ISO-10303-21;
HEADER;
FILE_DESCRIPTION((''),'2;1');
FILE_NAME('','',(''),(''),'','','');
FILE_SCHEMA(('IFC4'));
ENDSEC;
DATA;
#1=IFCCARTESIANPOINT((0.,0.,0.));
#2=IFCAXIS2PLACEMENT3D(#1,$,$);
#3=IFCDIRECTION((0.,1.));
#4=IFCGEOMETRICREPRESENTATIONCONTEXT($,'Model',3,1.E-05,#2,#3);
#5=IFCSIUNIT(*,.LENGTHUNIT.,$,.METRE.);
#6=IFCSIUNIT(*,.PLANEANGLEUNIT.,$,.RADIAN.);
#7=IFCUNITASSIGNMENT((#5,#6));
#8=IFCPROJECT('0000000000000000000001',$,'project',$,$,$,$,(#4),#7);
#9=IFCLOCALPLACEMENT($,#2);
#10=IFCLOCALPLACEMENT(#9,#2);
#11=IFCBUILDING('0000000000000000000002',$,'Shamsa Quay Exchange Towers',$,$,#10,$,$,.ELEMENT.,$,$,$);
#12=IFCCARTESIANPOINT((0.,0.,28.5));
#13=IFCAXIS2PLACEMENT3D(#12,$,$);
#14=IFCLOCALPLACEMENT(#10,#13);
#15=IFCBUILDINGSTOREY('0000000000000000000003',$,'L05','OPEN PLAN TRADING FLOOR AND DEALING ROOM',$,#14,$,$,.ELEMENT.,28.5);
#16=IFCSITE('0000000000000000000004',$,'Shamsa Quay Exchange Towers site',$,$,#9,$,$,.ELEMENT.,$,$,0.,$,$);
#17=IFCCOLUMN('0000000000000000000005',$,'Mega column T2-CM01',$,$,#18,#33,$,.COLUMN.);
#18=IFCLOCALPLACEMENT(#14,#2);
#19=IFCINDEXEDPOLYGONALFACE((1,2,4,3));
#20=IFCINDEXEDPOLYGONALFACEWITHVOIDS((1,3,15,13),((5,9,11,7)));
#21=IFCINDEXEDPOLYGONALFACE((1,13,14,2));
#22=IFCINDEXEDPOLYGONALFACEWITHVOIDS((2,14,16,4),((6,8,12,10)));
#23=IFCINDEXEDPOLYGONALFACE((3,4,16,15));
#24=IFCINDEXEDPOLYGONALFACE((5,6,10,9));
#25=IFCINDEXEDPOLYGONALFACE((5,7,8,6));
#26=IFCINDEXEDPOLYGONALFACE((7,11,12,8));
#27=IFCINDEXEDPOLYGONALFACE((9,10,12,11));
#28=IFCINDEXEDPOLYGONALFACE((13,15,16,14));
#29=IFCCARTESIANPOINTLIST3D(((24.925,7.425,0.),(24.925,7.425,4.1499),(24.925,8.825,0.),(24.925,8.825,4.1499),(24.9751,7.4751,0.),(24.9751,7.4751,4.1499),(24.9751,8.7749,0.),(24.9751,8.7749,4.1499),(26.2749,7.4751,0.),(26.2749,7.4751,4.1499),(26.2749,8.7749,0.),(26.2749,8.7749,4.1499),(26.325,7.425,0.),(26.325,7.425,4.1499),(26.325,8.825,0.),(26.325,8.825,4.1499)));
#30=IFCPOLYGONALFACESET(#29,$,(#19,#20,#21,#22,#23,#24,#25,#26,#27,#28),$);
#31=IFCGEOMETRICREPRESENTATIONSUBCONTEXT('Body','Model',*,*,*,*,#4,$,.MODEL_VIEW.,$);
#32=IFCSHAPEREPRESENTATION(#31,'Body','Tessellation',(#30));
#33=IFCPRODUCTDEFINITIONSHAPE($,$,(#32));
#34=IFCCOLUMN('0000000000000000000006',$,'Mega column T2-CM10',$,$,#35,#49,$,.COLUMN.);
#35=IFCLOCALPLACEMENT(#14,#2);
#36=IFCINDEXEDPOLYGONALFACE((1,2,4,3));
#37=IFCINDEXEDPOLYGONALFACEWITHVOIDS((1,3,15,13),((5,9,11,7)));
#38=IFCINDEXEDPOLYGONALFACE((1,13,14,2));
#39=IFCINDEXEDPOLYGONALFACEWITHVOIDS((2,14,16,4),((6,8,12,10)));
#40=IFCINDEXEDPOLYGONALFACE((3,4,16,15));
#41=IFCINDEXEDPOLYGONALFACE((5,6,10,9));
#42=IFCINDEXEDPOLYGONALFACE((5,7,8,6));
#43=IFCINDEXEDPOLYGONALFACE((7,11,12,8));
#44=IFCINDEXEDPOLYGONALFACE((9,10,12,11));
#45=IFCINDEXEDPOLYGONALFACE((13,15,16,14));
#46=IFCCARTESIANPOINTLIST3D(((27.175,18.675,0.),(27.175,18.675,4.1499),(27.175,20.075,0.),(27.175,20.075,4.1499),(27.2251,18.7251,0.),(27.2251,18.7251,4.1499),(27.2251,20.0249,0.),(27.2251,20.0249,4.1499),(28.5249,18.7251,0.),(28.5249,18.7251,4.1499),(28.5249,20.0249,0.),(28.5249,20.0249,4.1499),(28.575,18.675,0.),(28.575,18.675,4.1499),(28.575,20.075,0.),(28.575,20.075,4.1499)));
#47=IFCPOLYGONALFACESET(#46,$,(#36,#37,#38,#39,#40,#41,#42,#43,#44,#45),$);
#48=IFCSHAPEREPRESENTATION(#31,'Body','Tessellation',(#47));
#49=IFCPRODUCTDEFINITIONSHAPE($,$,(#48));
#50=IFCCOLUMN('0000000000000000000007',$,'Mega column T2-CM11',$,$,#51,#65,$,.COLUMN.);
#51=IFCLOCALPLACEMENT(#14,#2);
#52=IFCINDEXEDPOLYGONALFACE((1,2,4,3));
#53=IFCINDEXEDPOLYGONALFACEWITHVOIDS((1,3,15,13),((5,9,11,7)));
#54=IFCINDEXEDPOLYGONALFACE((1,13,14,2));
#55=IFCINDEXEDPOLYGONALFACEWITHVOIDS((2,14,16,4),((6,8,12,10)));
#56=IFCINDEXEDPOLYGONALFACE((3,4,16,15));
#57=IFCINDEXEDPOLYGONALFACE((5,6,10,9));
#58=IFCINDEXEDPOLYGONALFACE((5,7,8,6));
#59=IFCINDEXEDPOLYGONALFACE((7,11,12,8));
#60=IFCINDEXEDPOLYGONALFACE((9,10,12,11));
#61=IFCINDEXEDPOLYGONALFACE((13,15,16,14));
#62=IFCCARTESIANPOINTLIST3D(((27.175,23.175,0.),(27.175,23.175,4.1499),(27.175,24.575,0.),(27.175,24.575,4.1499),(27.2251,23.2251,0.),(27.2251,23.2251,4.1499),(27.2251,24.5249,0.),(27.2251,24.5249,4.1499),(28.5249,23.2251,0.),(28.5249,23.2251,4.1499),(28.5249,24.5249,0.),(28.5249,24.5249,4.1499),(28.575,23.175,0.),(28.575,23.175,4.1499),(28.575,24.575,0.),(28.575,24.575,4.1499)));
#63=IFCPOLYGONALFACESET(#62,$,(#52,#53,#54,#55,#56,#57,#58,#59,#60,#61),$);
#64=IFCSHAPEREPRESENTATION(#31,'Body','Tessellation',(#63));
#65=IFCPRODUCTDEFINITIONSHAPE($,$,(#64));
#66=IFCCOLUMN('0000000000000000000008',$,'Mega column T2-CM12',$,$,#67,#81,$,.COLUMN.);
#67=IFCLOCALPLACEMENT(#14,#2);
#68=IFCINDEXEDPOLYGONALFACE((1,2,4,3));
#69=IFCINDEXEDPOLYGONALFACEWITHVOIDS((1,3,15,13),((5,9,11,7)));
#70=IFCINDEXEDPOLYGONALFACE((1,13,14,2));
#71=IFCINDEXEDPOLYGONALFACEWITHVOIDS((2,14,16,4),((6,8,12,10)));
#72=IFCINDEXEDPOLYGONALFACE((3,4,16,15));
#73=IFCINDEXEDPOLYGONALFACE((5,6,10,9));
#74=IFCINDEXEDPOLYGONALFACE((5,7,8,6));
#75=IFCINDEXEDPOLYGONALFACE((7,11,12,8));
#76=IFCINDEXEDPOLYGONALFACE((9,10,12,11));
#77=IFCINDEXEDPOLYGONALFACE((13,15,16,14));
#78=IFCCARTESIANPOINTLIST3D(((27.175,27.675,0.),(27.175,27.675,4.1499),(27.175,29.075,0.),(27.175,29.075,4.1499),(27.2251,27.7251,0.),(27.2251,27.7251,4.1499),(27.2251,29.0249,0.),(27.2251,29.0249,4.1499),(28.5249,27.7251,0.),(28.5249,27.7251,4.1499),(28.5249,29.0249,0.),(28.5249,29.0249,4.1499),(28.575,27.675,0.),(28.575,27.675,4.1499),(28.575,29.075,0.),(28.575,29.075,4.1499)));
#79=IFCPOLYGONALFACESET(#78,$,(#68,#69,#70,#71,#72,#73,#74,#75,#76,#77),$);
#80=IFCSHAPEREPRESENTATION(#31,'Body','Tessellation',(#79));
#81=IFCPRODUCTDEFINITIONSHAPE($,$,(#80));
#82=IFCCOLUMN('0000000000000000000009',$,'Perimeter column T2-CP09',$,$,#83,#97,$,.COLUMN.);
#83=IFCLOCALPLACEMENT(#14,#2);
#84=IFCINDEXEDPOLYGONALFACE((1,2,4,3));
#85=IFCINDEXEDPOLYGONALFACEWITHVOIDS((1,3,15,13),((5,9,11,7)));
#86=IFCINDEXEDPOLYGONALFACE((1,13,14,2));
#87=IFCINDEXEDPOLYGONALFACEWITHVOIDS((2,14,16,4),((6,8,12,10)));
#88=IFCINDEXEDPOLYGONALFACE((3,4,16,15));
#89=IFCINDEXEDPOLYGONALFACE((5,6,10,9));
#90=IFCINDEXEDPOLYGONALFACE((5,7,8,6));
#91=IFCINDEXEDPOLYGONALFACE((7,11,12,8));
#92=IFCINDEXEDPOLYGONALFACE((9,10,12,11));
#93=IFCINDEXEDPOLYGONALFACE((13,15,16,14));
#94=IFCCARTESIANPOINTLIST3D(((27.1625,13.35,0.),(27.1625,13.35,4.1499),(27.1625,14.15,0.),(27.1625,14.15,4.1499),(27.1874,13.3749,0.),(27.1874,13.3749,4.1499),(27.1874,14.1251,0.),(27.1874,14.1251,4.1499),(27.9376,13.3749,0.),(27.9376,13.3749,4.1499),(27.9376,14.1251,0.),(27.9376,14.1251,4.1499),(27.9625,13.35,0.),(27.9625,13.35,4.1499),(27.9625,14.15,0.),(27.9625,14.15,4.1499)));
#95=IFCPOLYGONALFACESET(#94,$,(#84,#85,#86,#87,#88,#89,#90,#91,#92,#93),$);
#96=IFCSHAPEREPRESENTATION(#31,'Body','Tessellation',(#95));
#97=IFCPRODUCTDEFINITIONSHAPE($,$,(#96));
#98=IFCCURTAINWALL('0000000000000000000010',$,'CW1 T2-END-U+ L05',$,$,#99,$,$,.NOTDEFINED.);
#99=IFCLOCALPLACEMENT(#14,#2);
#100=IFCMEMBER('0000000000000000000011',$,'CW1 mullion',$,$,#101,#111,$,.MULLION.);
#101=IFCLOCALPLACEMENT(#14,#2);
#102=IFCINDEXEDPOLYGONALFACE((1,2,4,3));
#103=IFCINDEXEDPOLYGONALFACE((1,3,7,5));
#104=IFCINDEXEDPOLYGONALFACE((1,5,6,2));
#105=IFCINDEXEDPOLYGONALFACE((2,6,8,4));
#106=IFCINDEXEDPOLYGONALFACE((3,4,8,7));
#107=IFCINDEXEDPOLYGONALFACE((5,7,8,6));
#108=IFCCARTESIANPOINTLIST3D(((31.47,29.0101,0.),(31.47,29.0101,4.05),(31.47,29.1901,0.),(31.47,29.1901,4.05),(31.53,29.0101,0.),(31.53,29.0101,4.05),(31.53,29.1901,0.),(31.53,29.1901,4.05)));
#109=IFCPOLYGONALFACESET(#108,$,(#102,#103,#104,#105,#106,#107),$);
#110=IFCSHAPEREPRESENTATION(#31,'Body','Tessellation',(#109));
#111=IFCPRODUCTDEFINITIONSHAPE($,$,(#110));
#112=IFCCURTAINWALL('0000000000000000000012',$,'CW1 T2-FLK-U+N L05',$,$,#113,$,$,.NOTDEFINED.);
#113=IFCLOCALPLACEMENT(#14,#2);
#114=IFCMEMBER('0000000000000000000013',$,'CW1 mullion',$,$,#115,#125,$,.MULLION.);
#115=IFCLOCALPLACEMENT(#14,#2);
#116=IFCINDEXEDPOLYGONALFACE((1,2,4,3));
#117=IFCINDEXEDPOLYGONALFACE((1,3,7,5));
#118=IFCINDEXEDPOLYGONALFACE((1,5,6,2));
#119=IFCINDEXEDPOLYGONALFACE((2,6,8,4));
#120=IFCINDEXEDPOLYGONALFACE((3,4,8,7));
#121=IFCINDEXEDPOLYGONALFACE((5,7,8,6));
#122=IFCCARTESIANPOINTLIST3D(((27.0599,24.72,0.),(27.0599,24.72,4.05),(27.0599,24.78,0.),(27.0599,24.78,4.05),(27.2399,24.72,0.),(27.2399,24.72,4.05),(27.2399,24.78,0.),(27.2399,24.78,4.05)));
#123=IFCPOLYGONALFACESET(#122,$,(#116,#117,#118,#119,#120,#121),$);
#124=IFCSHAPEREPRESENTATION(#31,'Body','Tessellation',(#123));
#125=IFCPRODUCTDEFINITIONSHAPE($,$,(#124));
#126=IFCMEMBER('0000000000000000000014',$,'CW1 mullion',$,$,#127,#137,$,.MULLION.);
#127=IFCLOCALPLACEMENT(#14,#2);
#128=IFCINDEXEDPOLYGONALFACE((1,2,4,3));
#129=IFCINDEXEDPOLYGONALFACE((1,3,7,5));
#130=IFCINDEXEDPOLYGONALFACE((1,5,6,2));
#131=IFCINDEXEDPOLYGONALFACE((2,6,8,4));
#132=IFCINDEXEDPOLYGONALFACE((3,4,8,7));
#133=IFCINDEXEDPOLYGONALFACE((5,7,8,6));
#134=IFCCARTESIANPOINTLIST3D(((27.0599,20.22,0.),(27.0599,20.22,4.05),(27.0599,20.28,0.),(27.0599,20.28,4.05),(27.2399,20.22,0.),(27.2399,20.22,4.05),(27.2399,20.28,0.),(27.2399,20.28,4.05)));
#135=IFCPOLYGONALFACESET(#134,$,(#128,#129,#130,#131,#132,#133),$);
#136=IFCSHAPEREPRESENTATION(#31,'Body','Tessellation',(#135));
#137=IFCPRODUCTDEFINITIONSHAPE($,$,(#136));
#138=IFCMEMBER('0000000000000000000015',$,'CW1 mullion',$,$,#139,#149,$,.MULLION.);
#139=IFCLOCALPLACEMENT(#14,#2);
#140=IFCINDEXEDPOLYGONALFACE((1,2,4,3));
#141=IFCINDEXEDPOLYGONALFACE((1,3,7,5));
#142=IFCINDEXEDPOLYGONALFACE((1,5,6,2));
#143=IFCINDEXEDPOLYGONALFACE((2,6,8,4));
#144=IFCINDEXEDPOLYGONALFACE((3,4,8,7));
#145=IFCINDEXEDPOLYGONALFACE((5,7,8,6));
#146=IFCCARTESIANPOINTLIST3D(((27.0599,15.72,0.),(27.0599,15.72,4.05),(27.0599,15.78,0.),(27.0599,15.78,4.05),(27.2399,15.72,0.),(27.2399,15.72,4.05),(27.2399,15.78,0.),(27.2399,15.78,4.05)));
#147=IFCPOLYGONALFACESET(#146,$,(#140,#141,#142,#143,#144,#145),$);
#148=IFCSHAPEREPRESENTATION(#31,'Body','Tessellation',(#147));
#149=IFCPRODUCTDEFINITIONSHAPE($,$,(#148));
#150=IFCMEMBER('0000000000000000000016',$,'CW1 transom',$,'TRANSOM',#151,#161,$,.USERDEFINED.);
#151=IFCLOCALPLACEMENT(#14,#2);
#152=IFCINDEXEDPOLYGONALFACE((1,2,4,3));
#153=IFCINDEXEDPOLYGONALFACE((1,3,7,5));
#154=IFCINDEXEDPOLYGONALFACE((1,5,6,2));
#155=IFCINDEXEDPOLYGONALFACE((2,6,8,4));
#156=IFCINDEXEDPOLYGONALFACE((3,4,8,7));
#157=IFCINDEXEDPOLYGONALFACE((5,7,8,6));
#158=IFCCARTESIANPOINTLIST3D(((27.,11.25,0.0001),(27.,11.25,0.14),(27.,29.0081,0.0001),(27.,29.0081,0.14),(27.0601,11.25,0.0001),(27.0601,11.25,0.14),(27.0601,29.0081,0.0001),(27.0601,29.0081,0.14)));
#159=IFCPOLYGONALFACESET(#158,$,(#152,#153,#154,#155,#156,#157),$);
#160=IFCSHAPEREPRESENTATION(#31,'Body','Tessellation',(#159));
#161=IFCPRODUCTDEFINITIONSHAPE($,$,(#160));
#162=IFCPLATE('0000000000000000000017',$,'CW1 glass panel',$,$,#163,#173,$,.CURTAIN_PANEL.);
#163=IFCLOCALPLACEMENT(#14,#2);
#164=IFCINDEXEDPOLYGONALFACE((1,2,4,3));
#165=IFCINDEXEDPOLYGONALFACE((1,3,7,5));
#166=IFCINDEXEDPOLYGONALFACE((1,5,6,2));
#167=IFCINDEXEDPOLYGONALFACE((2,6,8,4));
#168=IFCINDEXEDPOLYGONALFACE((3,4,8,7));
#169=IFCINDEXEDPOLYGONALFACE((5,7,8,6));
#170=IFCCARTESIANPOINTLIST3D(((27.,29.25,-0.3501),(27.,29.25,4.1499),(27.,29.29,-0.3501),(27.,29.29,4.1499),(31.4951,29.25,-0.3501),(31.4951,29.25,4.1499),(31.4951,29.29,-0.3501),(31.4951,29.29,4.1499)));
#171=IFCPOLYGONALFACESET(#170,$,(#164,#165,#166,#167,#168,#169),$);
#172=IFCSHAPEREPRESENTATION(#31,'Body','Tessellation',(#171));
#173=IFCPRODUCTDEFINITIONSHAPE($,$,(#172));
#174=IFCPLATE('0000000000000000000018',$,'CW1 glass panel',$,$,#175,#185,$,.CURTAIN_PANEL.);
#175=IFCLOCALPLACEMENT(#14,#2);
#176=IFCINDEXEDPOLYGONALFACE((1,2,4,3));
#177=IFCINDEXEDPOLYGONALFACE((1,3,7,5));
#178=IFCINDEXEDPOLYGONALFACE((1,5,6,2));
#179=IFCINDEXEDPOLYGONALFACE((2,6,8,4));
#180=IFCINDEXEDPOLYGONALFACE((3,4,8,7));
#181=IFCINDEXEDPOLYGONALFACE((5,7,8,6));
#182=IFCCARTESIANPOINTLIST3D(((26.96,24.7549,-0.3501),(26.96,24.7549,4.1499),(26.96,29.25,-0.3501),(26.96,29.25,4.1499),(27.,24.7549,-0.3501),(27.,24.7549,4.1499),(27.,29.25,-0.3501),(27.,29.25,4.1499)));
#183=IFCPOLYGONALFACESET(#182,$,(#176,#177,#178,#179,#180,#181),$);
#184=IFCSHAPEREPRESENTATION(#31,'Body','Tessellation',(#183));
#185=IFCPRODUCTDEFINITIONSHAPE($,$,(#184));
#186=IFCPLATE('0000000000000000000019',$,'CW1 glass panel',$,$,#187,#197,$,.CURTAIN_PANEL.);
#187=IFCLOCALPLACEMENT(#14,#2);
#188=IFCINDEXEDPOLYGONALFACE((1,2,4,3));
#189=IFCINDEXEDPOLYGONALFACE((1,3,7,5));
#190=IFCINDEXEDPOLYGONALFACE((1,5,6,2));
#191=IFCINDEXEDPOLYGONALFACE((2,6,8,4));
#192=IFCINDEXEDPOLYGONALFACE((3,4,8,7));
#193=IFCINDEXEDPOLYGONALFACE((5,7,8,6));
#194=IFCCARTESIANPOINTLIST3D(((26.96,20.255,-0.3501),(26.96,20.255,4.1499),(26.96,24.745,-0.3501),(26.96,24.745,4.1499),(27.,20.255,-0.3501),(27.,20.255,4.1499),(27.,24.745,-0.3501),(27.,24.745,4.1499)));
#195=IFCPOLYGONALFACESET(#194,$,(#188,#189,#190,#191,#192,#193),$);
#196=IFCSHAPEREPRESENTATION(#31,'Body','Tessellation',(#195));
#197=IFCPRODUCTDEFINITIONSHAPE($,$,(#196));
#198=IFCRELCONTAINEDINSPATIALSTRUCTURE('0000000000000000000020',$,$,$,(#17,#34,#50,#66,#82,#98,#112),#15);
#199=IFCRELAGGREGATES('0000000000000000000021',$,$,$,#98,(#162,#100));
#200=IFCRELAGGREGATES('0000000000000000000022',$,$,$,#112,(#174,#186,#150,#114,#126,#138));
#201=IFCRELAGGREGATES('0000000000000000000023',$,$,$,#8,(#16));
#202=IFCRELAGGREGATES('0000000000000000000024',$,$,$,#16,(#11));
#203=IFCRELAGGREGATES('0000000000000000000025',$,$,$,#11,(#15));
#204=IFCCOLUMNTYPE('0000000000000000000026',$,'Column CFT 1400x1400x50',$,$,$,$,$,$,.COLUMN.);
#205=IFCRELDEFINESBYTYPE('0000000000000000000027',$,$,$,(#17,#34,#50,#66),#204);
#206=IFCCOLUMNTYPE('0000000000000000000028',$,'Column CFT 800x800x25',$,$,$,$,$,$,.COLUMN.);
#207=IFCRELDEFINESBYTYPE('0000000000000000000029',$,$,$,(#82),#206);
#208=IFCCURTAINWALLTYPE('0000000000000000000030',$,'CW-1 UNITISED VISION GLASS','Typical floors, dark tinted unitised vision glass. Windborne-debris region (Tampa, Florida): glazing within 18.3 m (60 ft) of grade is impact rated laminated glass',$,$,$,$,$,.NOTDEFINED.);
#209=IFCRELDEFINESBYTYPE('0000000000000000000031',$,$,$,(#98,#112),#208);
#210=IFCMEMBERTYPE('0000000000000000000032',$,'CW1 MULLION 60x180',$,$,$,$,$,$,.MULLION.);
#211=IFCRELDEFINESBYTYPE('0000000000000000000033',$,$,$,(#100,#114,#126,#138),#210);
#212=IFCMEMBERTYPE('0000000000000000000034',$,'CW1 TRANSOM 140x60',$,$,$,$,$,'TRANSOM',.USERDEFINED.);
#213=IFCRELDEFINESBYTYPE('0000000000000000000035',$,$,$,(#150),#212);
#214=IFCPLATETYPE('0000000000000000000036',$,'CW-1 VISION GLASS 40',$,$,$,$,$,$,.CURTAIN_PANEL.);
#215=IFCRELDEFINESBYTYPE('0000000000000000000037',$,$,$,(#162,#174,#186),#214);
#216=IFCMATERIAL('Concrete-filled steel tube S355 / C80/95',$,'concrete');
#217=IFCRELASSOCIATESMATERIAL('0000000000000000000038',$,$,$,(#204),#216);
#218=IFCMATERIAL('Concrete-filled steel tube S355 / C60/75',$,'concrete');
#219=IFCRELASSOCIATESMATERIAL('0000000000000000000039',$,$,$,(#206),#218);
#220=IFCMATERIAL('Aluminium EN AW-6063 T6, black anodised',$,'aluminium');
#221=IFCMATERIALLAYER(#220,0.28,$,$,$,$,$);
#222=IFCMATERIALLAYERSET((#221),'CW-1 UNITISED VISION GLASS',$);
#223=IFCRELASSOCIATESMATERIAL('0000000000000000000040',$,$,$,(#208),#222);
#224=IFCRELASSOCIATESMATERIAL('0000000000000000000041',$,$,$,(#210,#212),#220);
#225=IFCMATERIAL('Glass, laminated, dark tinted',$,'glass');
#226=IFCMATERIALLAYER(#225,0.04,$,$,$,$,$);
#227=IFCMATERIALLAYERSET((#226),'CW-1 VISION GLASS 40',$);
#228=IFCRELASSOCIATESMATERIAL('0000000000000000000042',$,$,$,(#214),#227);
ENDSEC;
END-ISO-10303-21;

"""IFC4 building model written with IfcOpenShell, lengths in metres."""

from ifc_helpers import new_model, si_unit, direction, frame, origin, origin_2d, place, context, subcontext, project, spatial, rectangle, hollow_rectangle, extrude, material, layer, layer_set, material_profile, profile_set, type_object, element, aggregate, save


model = new_model("IFC4")

# Units and contexts
model_context = context("Model", 3, precision=1e-05, world=origin(), true_north=direction((0.0, 1.0)))
body_context = subcontext(model_context, "Body", "Model", "MODEL_VIEW")
ifc_project = project(units=[si_unit("LENGTHUNIT", "METRE"), si_unit("PLANEANGLEUNIT", "RADIAN")], contexts=[model_context])

# Site, building, storey
site_placement = place(None, origin())
site = spatial("IfcSite", under=ifc_project, at=site_placement, Name="Shamsa Quay Exchange Towers site", CompositionType="ELEMENT", RefElevation=0.0)
building_placement = place(site_placement, origin())
building = spatial("IfcBuilding", under=site, at=building_placement, Name="Shamsa Quay Exchange Towers", CompositionType="ELEMENT")
storey_placement = place(building_placement, frame((0.0, 0.0, 28.5)))
storey = spatial("IfcBuildingStorey", under=building, at=storey_placement, Name="L05", Description="OPEN PLAN TRADING FLOOR AND DEALING ROOM", CompositionType="ELEMENT", Elevation=28.5)

# Columns
ifc_material_1 = material(Name="Concrete-filled steel tube S355 / C80/95", Category="concrete")
ifc_material_profile_1 = material_profile(ifc_material_1, hollow_rectangle(XDim=1.3999, YDim=1.3999, WallThickness=0.05, at=origin_2d()), Name="CFT 1400x1400x50")
ifc_profile_set_1 = profile_set([ifc_material_profile_1], Name="Concrete-filled steel tube S355 / C80/95")
column_type_1 = type_object("IfcColumnType", Name="Column CFT 1400x1400x50", PredefinedType="COLUMN", material=ifc_profile_set_1)
for number, where, name in (
    (1, (25.625, 8.125, 0.0), "Mega column T2-CM01"),
    (2, (27.875, 19.375, 0.0), "Mega column T2-CM10"),
    (3, (27.875, 23.875, 0.0), "Mega column T2-CM11"),
    (4, (27.875, 28.375, 0.0), "Mega column T2-CM12"),
):
    element("IfcColumn", number, at=place(storey_placement, frame(where)), inside=storey, type_object=column_type_1, Name=name, PredefinedType="COLUMN", context=body_context, shape_type="SweptSolid", body=[
        extrude(hollow_rectangle(XDim=1.3999, YDim=1.3999, WallThickness=0.05, at=origin_2d()), origin(), (0.0, 0.0, 1.0), 4.1499),
    ])
ifc_material_2 = material(Name="Concrete-filled steel tube S355 / C60/75", Category="concrete")
ifc_material_profile_2 = material_profile(ifc_material_2, hollow_rectangle(XDim=0.8, YDim=0.8, WallThickness=0.0249, at=origin_2d()), Name="CFT 800x800x25")
ifc_profile_set_2 = profile_set([ifc_material_profile_2], Name="Concrete-filled steel tube S355 / C60/75")
column_type_2 = type_object("IfcColumnType", Name="Column CFT 800x800x25", PredefinedType="COLUMN", material=ifc_profile_set_2)
column_placement = place(storey_placement, frame((27.5625, 13.75, 0.0)))
element("IfcColumn", 5, at=column_placement, inside=storey, type_object=column_type_2, Name="Perimeter column T2-CP09", PredefinedType="COLUMN", context=body_context, shape_type="SweptSolid", body=[
    extrude(hollow_rectangle(XDim=0.8, YDim=0.8, WallThickness=0.0249, at=origin_2d()), origin(), (0.0, 0.0, 1.0), 4.1499),
])

# Curtain wall, member
ifc_material_3 = material(Name="Aluminium EN AW-6063 T6, black anodised", Category="aluminium")
ifc_layer_1 = layer(ifc_material_3, 0.28)
ifc_layer_set_1 = layer_set([ifc_layer_1], Name="CW-1 UNITISED VISION GLASS")
curtain_wall_type_1 = type_object("IfcCurtainWallType", Name="CW-1 UNITISED VISION GLASS", Description="Typical floors, dark tinted unitised vision glass. Windborne-debris region (Tampa, Florida): glazing within 18.3 m (60 ft) of grade is impact rated laminated glass", PredefinedType="NOTDEFINED", material=ifc_layer_set_1)
curtain_wall_1_placement = place(storey_placement, origin())
curtain_wall_1 = element("IfcCurtainWall", 6, at=curtain_wall_1_placement, inside=storey, type_object=curtain_wall_type_1, Name="CW1 T2-END-U+ L05", PredefinedType="NOTDEFINED")
ifc_material_profile_3 = material_profile(ifc_material_3, rectangle(XDim=0.1799, YDim=0.0601, at=origin_2d()), Name="MU60x180")
ifc_profile_set_3 = profile_set([ifc_material_profile_3], Name="Aluminium EN AW-6063 T6, black anodised")
member_type_1 = type_object("IfcMemberType", Name="CW1 MULLION 60x180", PredefinedType="MULLION", material=ifc_profile_set_3)
member_1_placement = place(storey_placement, frame((31.5, 29.1001, 0.0), z_axis=(0.0, 0.0, 1.0), x_axis=(0.0, -1.0, 0.0)))
member_1 = element("IfcMember", 7, at=member_1_placement, type_object=member_type_1, Name="CW1 mullion", PredefinedType="MULLION", context=body_context, shape_type="SweptSolid", body=[
    extrude(rectangle(XDim=0.1799, YDim=0.0601, at=origin_2d()), origin(), (0.0, 0.0, 1.0), 4.05),
])

# Curtain wall, members
curtain_wall_2_placement = place(storey_placement, origin())
curtain_wall_2 = element("IfcCurtainWall", 8, at=curtain_wall_2_placement, inside=storey, type_object=curtain_wall_type_1, Name="CW1 T2-FLK-U+N L05", PredefinedType="NOTDEFINED")
member_2_placement = place(storey_placement, frame((27.1499, 24.75, 0.0)))
member_2 = element("IfcMember", 9, at=member_2_placement, type_object=member_type_1, Name="CW1 mullion", PredefinedType="MULLION", context=body_context, shape_type="SweptSolid", body=[
    extrude(rectangle(XDim=0.1799, YDim=0.0601, at=origin_2d()), origin(), (0.0, 0.0, 1.0), 4.05),
])
member_3_placement = place(storey_placement, frame((27.1499, 20.25, 0.0)))
member_3 = element("IfcMember", 10, at=member_3_placement, type_object=member_type_1, Name="CW1 mullion", PredefinedType="MULLION", context=body_context, shape_type="SweptSolid", body=[
    extrude(rectangle(XDim=0.1799, YDim=0.0601, at=origin_2d()), origin(), (0.0, 0.0, 1.0), 4.05),
])
member_4_placement = place(storey_placement, frame((27.1499, 15.75, 0.0)))
member_4 = element("IfcMember", 11, at=member_4_placement, type_object=member_type_1, Name="CW1 mullion", PredefinedType="MULLION", context=body_context, shape_type="SweptSolid", body=[
    extrude(rectangle(XDim=0.1799, YDim=0.0601, at=origin_2d()), origin(), (0.0, 0.0, 1.0), 4.05),
])
ifc_material_profile_4 = material_profile(ifc_material_3, rectangle(XDim=0.0601, YDim=0.1399, at=origin_2d()), Name="TR140x60")
ifc_profile_set_4 = profile_set([ifc_material_profile_4], Name="Aluminium EN AW-6063 T6, black anodised")
member_type_2 = type_object("IfcMemberType", Name="CW1 TRANSOM 140x60", ElementType="TRANSOM", PredefinedType="USERDEFINED", material=ifc_profile_set_4)
member_5_placement = place(storey_placement, frame((27.03, 29.0081, 0.0701), z_axis=(0.0, -1.0, 0.0), x_axis=(1.0, 0.0, 0.0)))
member_5 = element("IfcMember", 12, at=member_5_placement, type_object=member_type_2, Name="CW1 transom", ObjectType="TRANSOM", PredefinedType="USERDEFINED", context=body_context, shape_type="SweptSolid", body=[
    extrude(rectangle(XDim=0.0601, YDim=0.1399, at=origin_2d()), origin(), (0.0, 0.0, 1.0), 17.7581),
])

# Plates
ifc_material_4 = material(Name="Glass, laminated, dark tinted", Category="glass")
ifc_layer_2 = layer(ifc_material_4, 0.04)
ifc_layer_set_2 = layer_set([ifc_layer_2], Name="CW-1 VISION GLASS 40")
plate_type_1 = type_object("IfcPlateType", Name="CW-1 VISION GLASS 40", PredefinedType="CURTAIN_PANEL", material=ifc_layer_set_2)
plate_1_placement = place(storey_placement, frame((29.2476, 29.27, -0.3501), z_axis=(0.0, 0.0, 1.0), x_axis=(-1.0, 0.0, 0.0)))
plate_1 = element("IfcPlate", 13, at=plate_1_placement, type_object=plate_type_1, Name="CW1 glass panel", PredefinedType="CURTAIN_PANEL", context=body_context, shape_type="SweptSolid", body=[
    extrude(rectangle(XDim=4.4951, YDim=0.04, at=origin_2d()), origin(), (0.0, 0.0, 1.0), 4.5),
])
aggregate(curtain_wall_1, [plate_1, member_1])
plate_2_placement = place(storey_placement, frame((26.98, 27.0024, -0.3501), z_axis=(0.0, 0.0, 1.0), x_axis=(0.0, -1.0, 0.0)))
plate_2 = element("IfcPlate", 14, at=plate_2_placement, type_object=plate_type_1, Name="CW1 glass panel", PredefinedType="CURTAIN_PANEL", context=body_context, shape_type="SweptSolid", body=[
    extrude(rectangle(XDim=4.4951, YDim=0.04, at=origin_2d()), origin(), (0.0, 0.0, 1.0), 4.5),
])
plate_3_placement = place(storey_placement, frame((26.98, 22.5, -0.3501), z_axis=(0.0, 0.0, 1.0), x_axis=(0.0, -1.0, 0.0)))
plate_3 = element("IfcPlate", 15, at=plate_3_placement, type_object=plate_type_1, Name="CW1 glass panel", PredefinedType="CURTAIN_PANEL", context=body_context, shape_type="SweptSolid", body=[
    extrude(rectangle(XDim=4.49, YDim=0.04, at=origin_2d()), origin(), (0.0, 0.0, 1.0), 4.5),
])
aggregate(curtain_wall_2, [plate_2, plate_3, member_5, member_2, member_3, member_4])

save(model, "model.ifc")
